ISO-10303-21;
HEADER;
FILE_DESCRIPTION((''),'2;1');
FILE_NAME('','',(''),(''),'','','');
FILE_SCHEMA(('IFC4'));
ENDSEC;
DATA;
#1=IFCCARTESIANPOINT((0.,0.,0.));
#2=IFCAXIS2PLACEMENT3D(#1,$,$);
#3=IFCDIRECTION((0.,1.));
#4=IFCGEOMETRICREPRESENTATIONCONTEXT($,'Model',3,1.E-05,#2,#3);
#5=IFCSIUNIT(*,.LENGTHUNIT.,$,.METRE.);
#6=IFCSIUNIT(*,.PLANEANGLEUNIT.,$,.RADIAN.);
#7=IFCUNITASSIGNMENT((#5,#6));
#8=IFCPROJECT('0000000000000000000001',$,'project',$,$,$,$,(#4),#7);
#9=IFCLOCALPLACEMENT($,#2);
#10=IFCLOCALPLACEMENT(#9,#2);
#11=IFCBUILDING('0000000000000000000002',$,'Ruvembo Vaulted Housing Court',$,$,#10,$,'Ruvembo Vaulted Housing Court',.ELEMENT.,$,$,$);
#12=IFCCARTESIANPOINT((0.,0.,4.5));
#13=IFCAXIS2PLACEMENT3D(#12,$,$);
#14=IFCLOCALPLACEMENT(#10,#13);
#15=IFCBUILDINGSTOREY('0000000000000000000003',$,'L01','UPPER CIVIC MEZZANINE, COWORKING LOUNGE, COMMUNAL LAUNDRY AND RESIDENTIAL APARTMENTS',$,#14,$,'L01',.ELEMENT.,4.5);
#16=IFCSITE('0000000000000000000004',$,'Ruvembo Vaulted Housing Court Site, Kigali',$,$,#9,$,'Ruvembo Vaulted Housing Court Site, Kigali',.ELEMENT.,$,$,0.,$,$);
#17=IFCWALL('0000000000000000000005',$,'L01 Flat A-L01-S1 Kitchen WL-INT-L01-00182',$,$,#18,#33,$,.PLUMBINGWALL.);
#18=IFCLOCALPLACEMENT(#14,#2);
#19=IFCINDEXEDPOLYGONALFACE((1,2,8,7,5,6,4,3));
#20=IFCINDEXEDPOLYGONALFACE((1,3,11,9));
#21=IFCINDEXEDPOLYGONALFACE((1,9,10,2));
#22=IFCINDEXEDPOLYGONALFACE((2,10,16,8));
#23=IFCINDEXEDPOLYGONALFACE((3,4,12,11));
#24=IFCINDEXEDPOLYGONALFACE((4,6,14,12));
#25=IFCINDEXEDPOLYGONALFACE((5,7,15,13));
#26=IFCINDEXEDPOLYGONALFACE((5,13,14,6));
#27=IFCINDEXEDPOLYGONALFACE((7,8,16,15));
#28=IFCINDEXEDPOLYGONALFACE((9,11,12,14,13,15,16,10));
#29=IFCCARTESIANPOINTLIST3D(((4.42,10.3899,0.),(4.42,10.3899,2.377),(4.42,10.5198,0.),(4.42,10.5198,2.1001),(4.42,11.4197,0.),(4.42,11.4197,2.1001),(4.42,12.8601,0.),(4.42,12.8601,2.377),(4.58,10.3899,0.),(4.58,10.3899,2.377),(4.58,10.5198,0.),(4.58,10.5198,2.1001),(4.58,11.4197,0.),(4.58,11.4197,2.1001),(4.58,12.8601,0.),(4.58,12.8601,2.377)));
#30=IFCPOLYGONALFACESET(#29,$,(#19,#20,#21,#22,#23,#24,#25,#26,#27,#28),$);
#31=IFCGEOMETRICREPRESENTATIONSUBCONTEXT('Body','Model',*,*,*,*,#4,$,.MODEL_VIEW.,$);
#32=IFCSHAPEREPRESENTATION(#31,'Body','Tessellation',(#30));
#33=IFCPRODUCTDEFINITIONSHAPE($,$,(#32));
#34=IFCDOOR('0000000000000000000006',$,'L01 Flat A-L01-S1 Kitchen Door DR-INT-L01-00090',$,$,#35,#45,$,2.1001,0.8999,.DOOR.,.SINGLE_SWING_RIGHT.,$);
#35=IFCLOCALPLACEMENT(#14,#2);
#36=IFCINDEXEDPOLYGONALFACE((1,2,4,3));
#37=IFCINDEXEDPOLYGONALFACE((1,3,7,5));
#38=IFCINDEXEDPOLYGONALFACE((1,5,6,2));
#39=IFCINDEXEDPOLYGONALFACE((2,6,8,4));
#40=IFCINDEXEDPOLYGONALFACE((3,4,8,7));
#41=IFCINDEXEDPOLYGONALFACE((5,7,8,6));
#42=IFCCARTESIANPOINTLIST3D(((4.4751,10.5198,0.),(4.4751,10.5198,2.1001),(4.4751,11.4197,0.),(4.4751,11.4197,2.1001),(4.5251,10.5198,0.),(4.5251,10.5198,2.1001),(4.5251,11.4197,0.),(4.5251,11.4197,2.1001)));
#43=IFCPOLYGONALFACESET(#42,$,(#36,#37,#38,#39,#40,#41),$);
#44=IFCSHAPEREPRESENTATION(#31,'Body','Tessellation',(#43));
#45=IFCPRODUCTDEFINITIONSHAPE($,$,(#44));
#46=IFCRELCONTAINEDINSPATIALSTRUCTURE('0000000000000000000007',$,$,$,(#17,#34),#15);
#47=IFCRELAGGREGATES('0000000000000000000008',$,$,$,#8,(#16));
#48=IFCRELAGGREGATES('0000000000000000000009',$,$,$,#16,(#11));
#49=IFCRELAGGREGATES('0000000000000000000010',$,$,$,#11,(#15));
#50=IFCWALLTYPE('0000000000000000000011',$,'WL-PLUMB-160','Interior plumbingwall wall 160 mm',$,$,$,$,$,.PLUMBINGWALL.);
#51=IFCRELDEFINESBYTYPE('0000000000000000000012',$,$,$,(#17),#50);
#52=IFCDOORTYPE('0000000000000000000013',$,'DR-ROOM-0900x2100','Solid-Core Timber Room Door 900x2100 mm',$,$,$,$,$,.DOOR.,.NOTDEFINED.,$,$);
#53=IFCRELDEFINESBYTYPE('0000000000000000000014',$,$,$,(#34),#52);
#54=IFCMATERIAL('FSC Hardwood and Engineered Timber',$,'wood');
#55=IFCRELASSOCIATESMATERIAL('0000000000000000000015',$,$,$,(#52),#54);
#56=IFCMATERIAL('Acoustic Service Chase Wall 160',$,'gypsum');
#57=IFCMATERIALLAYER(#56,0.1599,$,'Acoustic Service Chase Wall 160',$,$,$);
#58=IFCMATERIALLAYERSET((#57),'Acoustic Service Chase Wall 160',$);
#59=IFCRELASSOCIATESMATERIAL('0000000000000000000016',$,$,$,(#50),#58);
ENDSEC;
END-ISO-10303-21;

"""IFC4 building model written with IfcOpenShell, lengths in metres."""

from ifc_helpers import new_model, si_unit, direction, frame, frame_2d, origin, place, context, subcontext, project, spatial, rectangle, extrude, material, layer, layer_set, type_object, element, fill, save


model = new_model("IFC4")

# Units and contexts
model_context = context("Model", 3, precision=1e-05, world=origin(), true_north=direction((0.0, 1.0)))
body_context = subcontext(model_context, "Body", "Model", "MODEL_VIEW")
ifc_project = project(units=[si_unit("LENGTHUNIT", "METRE"), si_unit("PLANEANGLEUNIT", "RADIAN")], contexts=[model_context])

# Site, building, storey
site_placement = place(None, origin())
site = spatial("IfcSite", under=ifc_project, at=site_placement, Name="Ruvembo Vaulted Housing Court Site, Kigali", LongName="Ruvembo Vaulted Housing Court Site, Kigali", CompositionType="ELEMENT", RefElevation=0.0)
building_placement = place(site_placement, origin())
building = spatial("IfcBuilding", under=site, at=building_placement, Name="Ruvembo Vaulted Housing Court", LongName="Ruvembo Vaulted Housing Court", CompositionType="ELEMENT")
storey_placement = place(building_placement, frame((0.0, 0.0, 4.5)))
storey = spatial("IfcBuildingStorey", under=building, at=storey_placement, Name="L01", Description="UPPER CIVIC MEZZANINE, COWORKING LOUNGE, COMMUNAL LAUNDRY AND RESIDENTIAL APARTMENTS", LongName="L01", CompositionType="ELEMENT", Elevation=4.5)

# Shared definitions
ifc_material_1 = material(Name="FSC Hardwood and Engineered Timber", Category="wood")

# Shared definitions
door_type_1 = type_object("IfcDoorType", Name="DR-ROOM-0900x2100", Description="Solid-Core Timber Room Door 900x2100 mm", OperationType="NOTDEFINED", PredefinedType="DOOR", material=ifc_material_1)

# Wall, opening, door
ifc_material_2 = material(Name="Acoustic Service Chase Wall 160", Category="gypsum")
ifc_layer_1 = layer(ifc_material_2, 0.1599, Name="Acoustic Service Chase Wall 160")
ifc_layer_set_1 = layer_set([ifc_layer_1], Name="Acoustic Service Chase Wall 160")
wall_type_1 = type_object("IfcWallType", Name="WL-PLUMB-160", Description="Interior plumbingwall wall 160 mm", PredefinedType="PLUMBINGWALL", material=ifc_layer_set_1)
wall_1_placement = place(storey_placement, frame((4.5, 10.3899, 0.0), z_axis=(0.0, 0.0, 1.0), x_axis=(0.0, 1.0, 0.0)))
wall_1 = element("IfcWall", 1, at=wall_1_placement, inside=storey, type_object=wall_type_1, Name="L01 Flat A-L01-S1 Kitchen WL-INT-L01-00182", PredefinedType="PLUMBINGWALL", context=body_context, shape_type="SweptSolid", body=[
    extrude(rectangle(XDim=2.4702, YDim=0.1599, at=frame_2d((1.2351, 0.0))), origin(), (0.0, 0.0, 1.0), 2.377),
])
opening_1_placement = place(wall_1_placement, frame((0.1299, 0.0, 0.0)))
opening_1 = element("IfcOpeningElement", 2, at=opening_1_placement, cuts=wall_1, PredefinedType="OPENING", context=body_context, shape_type="SweptSolid", body=[
    extrude(rectangle(XDim=0.8999, YDim=2.1001, at=frame_2d((0.45, 1.05))), frame((0.0, 0.0898, 0.0), z_axis=(0.0, -1.0, 0.0), x_axis=(1.0, 0.0, 0.0)), (0.0, 0.0, 1.0), 0.1799),
])
door_1_placement = place(opening_1_placement, origin())
door_1 = element("IfcDoor", 3, at=door_1_placement, inside=storey, type_object=door_type_1, Name="L01 Flat A-L01-S1 Kitchen Door DR-INT-L01-00090", OperationType="SINGLE_SWING_RIGHT", OverallHeight=2.1001, OverallWidth=0.8999, PredefinedType="DOOR", context=body_context, shape_type="SweptSolid", body=[
    extrude(rectangle(XDim=0.8999, YDim=2.1001, at=frame_2d((0.45, 1.05))), frame((0.0, 0.0249, 0.0), z_axis=(0.0, -1.0, 0.0), x_axis=(1.0, 0.0, 0.0)), (0.0, 0.0, 1.0), 0.05),
])
fill(opening_1, door_1)

save(model, "model.ifc")
